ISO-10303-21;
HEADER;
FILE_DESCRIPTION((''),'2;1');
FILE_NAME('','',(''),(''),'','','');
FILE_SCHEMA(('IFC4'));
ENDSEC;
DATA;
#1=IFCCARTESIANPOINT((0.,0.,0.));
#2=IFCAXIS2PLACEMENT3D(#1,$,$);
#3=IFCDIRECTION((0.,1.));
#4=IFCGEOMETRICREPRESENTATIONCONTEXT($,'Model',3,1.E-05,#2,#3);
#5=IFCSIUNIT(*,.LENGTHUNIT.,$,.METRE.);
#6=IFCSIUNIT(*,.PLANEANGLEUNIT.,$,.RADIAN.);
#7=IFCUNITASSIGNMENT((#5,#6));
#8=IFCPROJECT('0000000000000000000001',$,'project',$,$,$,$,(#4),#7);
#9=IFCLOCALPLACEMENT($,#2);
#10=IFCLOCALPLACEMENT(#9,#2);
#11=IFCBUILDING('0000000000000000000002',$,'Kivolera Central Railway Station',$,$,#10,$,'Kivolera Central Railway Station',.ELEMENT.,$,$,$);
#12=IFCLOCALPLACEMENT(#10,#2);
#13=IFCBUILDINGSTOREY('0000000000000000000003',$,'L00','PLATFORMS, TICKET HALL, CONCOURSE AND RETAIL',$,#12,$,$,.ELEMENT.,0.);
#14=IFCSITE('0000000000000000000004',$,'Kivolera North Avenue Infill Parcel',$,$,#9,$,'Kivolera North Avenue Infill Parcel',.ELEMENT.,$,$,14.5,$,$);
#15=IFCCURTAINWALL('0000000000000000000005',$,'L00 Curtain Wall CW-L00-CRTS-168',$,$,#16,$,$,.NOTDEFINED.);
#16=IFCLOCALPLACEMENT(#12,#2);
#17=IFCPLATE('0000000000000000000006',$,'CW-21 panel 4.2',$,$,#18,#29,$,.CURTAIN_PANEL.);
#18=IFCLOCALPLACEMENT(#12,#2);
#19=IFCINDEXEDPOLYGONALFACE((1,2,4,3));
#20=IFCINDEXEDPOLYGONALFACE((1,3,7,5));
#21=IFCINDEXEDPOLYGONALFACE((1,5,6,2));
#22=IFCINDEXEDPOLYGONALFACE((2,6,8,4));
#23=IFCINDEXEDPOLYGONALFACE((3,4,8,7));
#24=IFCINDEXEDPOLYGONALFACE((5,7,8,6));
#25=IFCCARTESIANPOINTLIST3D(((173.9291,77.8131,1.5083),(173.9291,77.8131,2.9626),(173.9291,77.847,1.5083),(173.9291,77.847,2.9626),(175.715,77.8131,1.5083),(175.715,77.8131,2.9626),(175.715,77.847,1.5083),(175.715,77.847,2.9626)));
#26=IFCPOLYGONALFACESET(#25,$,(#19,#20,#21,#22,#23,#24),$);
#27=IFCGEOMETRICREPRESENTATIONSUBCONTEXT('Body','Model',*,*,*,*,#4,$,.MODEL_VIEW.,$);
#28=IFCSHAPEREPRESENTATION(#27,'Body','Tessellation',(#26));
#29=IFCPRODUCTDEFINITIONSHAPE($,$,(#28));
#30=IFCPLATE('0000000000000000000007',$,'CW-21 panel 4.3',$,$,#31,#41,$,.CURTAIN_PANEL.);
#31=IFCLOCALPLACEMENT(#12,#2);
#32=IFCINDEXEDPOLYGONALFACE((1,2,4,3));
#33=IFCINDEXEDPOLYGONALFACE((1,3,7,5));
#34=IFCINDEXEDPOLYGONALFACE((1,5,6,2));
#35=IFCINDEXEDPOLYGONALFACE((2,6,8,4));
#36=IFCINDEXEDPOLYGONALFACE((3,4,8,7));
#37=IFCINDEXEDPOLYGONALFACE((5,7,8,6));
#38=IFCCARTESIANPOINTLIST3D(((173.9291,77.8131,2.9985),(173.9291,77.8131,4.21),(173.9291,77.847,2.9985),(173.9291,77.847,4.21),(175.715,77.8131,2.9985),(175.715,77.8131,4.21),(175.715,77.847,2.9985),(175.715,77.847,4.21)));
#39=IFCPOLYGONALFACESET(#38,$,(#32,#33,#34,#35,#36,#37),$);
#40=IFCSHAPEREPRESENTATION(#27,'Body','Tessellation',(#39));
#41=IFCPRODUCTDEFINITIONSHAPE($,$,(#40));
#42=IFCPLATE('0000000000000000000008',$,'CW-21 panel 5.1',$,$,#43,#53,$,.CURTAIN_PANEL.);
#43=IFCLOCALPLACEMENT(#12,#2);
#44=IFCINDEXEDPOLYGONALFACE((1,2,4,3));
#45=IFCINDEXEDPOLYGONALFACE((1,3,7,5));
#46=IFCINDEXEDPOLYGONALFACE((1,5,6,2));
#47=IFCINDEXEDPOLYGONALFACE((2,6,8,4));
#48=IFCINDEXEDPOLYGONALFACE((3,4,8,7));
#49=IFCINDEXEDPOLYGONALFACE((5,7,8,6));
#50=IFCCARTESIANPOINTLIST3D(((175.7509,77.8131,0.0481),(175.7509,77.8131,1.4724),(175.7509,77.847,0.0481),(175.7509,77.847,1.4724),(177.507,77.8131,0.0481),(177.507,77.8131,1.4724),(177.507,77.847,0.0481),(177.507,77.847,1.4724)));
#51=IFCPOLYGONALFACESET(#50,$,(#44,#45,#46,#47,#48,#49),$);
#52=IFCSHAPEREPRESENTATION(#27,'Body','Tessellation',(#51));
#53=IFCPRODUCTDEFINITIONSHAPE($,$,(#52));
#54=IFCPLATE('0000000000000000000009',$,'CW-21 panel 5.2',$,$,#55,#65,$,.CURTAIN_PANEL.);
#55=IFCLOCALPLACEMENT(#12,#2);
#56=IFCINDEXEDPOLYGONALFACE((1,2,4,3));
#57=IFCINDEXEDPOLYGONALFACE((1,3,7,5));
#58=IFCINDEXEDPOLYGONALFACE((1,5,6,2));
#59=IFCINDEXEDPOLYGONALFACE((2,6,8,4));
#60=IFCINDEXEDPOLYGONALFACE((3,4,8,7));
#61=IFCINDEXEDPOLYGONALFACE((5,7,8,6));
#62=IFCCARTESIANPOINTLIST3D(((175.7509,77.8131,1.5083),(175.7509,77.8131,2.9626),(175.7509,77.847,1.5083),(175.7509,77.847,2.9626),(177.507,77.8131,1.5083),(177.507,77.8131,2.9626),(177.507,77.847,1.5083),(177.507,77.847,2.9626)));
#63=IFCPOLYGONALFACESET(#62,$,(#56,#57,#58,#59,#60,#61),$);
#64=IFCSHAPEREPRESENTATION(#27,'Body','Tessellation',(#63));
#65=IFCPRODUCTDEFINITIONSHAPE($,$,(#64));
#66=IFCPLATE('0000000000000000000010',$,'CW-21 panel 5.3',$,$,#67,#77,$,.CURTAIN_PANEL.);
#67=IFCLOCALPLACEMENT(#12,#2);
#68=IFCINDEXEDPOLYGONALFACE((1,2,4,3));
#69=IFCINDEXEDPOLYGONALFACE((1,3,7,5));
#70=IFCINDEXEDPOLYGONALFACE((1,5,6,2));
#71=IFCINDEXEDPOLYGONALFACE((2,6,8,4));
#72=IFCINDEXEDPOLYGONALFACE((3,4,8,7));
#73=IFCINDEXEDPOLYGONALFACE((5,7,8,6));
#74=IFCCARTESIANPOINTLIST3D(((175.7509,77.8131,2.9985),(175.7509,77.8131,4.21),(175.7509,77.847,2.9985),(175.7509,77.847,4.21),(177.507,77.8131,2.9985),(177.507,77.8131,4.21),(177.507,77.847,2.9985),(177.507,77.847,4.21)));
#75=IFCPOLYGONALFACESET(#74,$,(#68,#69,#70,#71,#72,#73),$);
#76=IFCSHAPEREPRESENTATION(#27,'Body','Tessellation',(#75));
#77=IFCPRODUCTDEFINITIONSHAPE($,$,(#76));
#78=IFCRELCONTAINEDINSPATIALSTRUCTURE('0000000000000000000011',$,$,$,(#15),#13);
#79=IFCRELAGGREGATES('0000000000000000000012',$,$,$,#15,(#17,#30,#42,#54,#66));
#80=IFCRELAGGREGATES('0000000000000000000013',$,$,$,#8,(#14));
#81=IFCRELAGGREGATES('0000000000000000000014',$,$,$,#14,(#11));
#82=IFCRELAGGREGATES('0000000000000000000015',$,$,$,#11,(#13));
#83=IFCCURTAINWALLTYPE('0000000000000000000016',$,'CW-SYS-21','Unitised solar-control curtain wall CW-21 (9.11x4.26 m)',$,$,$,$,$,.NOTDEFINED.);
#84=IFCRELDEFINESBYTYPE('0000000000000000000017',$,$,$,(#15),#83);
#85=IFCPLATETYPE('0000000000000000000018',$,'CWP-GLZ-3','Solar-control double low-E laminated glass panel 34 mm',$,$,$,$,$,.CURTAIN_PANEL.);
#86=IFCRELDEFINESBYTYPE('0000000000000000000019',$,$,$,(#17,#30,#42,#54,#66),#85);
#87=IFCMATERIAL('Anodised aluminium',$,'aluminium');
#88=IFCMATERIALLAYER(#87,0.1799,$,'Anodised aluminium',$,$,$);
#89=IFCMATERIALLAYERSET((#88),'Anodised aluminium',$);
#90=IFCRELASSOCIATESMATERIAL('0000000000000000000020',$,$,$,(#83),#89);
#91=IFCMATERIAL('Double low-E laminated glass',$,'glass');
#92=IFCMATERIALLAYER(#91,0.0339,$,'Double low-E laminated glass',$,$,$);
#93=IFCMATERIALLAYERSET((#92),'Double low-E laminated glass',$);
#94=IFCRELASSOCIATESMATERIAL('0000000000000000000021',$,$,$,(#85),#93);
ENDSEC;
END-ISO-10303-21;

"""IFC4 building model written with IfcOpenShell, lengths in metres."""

from ifc_helpers import new_model, si_unit, direction, frame, origin, origin_2d, place, context, subcontext, project, spatial, rectangle, extrude, material, layer, layer_set, type_object, element, aggregate, save


model = new_model("IFC4")

# Units and contexts
model_context = context("Model", 3, precision=1e-05, world=origin(), true_north=direction((0.0, 1.0)))
body_context = subcontext(model_context, "Body", "Model", "MODEL_VIEW")
ifc_project = project(units=[si_unit("LENGTHUNIT", "METRE"), si_unit("PLANEANGLEUNIT", "RADIAN")], contexts=[model_context])

# Site, building, storey
site_placement = place(None, origin())
site = spatial("IfcSite", under=ifc_project, at=site_placement, Name="Kivolera North Avenue Infill Parcel", LongName="Kivolera North Avenue Infill Parcel", CompositionType="ELEMENT", RefElevation=14.5)
building_placement = place(site_placement, origin())
building = spatial("IfcBuilding", under=site, at=building_placement, Name="Kivolera Central Railway Station", LongName="Kivolera Central Railway Station", CompositionType="ELEMENT")
storey_placement = place(building_placement, origin())
storey = spatial("IfcBuildingStorey", under=building, at=storey_placement, Name="L00", Description="PLATFORMS, TICKET HALL, CONCOURSE AND RETAIL", CompositionType="ELEMENT", Elevation=0.0)

# Curtain wall, plates
ifc_material_1 = material(Name="Anodised aluminium", Category="aluminium")
ifc_layer_1 = layer(ifc_material_1, 0.1799, Name="Anodised aluminium")
ifc_layer_set_1 = layer_set([ifc_layer_1], Name="Anodised aluminium")
curtain_wall_type = type_object("IfcCurtainWallType", Name="CW-SYS-21", Description="Unitised solar-control curtain wall CW-21 (9.11x4.26 m)", PredefinedType="NOTDEFINED", material=ifc_layer_set_1)
curtain_wall_placement = place(storey_placement, origin())
curtain_wall = element("IfcCurtainWall", 1, at=curtain_wall_placement, inside=storey, type_object=curtain_wall_type, Name="L00 Curtain Wall CW-L00-CRTS-168", PredefinedType="NOTDEFINED")
ifc_material_2 = material(Name="Double low-E laminated glass", Category="glass")
ifc_layer_2 = layer(ifc_material_2, 0.0339, Name="Double low-E laminated glass")
ifc_layer_set_2 = layer_set([ifc_layer_2], Name="Double low-E laminated glass")
plate_type = type_object("IfcPlateType", Name="CWP-GLZ-3", Description="Solar-control double low-E laminated glass panel 34 mm", PredefinedType="CURTAIN_PANEL", material=ifc_layer_set_2)
plate_1_placement = place(storey_placement, frame((174.822, 77.8301, 1.5083), z_axis=(0.0, 0.0, 1.0), x_axis=(1.0, 0.0, 0.0)))
plate_1 = element("IfcPlate", 2, at=plate_1_placement, type_object=plate_type, Name="CW-21 panel 4.2", PredefinedType="CURTAIN_PANEL", context=body_context, shape_type="SweptSolid", body=[
    extrude(rectangle(XDim=1.7859, YDim=0.0339, at=origin_2d()), origin(), (0.0, 0.0, 1.0), 1.4543),
])
plate_2_placement = place(storey_placement, frame((174.822, 77.8301, 2.9985), z_axis=(0.0, 0.0, 1.0), x_axis=(1.0, 0.0, 0.0)))
plate_2 = element("IfcPlate", 3, at=plate_2_placement, type_object=plate_type, Name="CW-21 panel 4.3", PredefinedType="CURTAIN_PANEL", context=body_context, shape_type="SweptSolid", body=[
    extrude(rectangle(XDim=1.7859, YDim=0.0339, at=origin_2d()), origin(), (0.0, 0.0, 1.0), 1.2114),
])
plate_3_placement = place(storey_placement, frame((176.6289, 77.8301, 0.0481), z_axis=(0.0, 0.0, 1.0), x_axis=(1.0, 0.0, 0.0)))
plate_3 = element("IfcPlate", 4, at=plate_3_placement, type_object=plate_type, Name="CW-21 panel 5.1", PredefinedType="CURTAIN_PANEL", context=body_context, shape_type="SweptSolid", body=[
    extrude(rectangle(XDim=1.7561, YDim=0.0339, at=origin_2d()), origin(), (0.0, 0.0, 1.0), 1.4243),
])
plate_4_placement = place(storey_placement, frame((176.6289, 77.8301, 1.5083), z_axis=(0.0, 0.0, 1.0), x_axis=(1.0, 0.0, 0.0)))
plate_4 = element("IfcPlate", 5, at=plate_4_placement, type_object=plate_type, Name="CW-21 panel 5.2", PredefinedType="CURTAIN_PANEL", context=body_context, shape_type="SweptSolid", body=[
    extrude(rectangle(XDim=1.7561, YDim=0.0339, at=origin_2d()), origin(), (0.0, 0.0, 1.0), 1.4543),
])
plate_5_placement = place(storey_placement, frame((176.6289, 77.8301, 2.9985), z_axis=(0.0, 0.0, 1.0), x_axis=(1.0, 0.0, 0.0)))
plate_5 = element("IfcPlate", 6, at=plate_5_placement, type_object=plate_type, Name="CW-21 panel 5.3", PredefinedType="CURTAIN_PANEL", context=body_context, shape_type="SweptSolid", body=[
    extrude(rectangle(XDim=1.7561, YDim=0.0339, at=origin_2d()), origin(), (0.0, 0.0, 1.0), 1.2114),
])
aggregate(curtain_wall, [plate_1, plate_2, plate_3, plate_4, plate_5])

save(model, "model.ifc")
